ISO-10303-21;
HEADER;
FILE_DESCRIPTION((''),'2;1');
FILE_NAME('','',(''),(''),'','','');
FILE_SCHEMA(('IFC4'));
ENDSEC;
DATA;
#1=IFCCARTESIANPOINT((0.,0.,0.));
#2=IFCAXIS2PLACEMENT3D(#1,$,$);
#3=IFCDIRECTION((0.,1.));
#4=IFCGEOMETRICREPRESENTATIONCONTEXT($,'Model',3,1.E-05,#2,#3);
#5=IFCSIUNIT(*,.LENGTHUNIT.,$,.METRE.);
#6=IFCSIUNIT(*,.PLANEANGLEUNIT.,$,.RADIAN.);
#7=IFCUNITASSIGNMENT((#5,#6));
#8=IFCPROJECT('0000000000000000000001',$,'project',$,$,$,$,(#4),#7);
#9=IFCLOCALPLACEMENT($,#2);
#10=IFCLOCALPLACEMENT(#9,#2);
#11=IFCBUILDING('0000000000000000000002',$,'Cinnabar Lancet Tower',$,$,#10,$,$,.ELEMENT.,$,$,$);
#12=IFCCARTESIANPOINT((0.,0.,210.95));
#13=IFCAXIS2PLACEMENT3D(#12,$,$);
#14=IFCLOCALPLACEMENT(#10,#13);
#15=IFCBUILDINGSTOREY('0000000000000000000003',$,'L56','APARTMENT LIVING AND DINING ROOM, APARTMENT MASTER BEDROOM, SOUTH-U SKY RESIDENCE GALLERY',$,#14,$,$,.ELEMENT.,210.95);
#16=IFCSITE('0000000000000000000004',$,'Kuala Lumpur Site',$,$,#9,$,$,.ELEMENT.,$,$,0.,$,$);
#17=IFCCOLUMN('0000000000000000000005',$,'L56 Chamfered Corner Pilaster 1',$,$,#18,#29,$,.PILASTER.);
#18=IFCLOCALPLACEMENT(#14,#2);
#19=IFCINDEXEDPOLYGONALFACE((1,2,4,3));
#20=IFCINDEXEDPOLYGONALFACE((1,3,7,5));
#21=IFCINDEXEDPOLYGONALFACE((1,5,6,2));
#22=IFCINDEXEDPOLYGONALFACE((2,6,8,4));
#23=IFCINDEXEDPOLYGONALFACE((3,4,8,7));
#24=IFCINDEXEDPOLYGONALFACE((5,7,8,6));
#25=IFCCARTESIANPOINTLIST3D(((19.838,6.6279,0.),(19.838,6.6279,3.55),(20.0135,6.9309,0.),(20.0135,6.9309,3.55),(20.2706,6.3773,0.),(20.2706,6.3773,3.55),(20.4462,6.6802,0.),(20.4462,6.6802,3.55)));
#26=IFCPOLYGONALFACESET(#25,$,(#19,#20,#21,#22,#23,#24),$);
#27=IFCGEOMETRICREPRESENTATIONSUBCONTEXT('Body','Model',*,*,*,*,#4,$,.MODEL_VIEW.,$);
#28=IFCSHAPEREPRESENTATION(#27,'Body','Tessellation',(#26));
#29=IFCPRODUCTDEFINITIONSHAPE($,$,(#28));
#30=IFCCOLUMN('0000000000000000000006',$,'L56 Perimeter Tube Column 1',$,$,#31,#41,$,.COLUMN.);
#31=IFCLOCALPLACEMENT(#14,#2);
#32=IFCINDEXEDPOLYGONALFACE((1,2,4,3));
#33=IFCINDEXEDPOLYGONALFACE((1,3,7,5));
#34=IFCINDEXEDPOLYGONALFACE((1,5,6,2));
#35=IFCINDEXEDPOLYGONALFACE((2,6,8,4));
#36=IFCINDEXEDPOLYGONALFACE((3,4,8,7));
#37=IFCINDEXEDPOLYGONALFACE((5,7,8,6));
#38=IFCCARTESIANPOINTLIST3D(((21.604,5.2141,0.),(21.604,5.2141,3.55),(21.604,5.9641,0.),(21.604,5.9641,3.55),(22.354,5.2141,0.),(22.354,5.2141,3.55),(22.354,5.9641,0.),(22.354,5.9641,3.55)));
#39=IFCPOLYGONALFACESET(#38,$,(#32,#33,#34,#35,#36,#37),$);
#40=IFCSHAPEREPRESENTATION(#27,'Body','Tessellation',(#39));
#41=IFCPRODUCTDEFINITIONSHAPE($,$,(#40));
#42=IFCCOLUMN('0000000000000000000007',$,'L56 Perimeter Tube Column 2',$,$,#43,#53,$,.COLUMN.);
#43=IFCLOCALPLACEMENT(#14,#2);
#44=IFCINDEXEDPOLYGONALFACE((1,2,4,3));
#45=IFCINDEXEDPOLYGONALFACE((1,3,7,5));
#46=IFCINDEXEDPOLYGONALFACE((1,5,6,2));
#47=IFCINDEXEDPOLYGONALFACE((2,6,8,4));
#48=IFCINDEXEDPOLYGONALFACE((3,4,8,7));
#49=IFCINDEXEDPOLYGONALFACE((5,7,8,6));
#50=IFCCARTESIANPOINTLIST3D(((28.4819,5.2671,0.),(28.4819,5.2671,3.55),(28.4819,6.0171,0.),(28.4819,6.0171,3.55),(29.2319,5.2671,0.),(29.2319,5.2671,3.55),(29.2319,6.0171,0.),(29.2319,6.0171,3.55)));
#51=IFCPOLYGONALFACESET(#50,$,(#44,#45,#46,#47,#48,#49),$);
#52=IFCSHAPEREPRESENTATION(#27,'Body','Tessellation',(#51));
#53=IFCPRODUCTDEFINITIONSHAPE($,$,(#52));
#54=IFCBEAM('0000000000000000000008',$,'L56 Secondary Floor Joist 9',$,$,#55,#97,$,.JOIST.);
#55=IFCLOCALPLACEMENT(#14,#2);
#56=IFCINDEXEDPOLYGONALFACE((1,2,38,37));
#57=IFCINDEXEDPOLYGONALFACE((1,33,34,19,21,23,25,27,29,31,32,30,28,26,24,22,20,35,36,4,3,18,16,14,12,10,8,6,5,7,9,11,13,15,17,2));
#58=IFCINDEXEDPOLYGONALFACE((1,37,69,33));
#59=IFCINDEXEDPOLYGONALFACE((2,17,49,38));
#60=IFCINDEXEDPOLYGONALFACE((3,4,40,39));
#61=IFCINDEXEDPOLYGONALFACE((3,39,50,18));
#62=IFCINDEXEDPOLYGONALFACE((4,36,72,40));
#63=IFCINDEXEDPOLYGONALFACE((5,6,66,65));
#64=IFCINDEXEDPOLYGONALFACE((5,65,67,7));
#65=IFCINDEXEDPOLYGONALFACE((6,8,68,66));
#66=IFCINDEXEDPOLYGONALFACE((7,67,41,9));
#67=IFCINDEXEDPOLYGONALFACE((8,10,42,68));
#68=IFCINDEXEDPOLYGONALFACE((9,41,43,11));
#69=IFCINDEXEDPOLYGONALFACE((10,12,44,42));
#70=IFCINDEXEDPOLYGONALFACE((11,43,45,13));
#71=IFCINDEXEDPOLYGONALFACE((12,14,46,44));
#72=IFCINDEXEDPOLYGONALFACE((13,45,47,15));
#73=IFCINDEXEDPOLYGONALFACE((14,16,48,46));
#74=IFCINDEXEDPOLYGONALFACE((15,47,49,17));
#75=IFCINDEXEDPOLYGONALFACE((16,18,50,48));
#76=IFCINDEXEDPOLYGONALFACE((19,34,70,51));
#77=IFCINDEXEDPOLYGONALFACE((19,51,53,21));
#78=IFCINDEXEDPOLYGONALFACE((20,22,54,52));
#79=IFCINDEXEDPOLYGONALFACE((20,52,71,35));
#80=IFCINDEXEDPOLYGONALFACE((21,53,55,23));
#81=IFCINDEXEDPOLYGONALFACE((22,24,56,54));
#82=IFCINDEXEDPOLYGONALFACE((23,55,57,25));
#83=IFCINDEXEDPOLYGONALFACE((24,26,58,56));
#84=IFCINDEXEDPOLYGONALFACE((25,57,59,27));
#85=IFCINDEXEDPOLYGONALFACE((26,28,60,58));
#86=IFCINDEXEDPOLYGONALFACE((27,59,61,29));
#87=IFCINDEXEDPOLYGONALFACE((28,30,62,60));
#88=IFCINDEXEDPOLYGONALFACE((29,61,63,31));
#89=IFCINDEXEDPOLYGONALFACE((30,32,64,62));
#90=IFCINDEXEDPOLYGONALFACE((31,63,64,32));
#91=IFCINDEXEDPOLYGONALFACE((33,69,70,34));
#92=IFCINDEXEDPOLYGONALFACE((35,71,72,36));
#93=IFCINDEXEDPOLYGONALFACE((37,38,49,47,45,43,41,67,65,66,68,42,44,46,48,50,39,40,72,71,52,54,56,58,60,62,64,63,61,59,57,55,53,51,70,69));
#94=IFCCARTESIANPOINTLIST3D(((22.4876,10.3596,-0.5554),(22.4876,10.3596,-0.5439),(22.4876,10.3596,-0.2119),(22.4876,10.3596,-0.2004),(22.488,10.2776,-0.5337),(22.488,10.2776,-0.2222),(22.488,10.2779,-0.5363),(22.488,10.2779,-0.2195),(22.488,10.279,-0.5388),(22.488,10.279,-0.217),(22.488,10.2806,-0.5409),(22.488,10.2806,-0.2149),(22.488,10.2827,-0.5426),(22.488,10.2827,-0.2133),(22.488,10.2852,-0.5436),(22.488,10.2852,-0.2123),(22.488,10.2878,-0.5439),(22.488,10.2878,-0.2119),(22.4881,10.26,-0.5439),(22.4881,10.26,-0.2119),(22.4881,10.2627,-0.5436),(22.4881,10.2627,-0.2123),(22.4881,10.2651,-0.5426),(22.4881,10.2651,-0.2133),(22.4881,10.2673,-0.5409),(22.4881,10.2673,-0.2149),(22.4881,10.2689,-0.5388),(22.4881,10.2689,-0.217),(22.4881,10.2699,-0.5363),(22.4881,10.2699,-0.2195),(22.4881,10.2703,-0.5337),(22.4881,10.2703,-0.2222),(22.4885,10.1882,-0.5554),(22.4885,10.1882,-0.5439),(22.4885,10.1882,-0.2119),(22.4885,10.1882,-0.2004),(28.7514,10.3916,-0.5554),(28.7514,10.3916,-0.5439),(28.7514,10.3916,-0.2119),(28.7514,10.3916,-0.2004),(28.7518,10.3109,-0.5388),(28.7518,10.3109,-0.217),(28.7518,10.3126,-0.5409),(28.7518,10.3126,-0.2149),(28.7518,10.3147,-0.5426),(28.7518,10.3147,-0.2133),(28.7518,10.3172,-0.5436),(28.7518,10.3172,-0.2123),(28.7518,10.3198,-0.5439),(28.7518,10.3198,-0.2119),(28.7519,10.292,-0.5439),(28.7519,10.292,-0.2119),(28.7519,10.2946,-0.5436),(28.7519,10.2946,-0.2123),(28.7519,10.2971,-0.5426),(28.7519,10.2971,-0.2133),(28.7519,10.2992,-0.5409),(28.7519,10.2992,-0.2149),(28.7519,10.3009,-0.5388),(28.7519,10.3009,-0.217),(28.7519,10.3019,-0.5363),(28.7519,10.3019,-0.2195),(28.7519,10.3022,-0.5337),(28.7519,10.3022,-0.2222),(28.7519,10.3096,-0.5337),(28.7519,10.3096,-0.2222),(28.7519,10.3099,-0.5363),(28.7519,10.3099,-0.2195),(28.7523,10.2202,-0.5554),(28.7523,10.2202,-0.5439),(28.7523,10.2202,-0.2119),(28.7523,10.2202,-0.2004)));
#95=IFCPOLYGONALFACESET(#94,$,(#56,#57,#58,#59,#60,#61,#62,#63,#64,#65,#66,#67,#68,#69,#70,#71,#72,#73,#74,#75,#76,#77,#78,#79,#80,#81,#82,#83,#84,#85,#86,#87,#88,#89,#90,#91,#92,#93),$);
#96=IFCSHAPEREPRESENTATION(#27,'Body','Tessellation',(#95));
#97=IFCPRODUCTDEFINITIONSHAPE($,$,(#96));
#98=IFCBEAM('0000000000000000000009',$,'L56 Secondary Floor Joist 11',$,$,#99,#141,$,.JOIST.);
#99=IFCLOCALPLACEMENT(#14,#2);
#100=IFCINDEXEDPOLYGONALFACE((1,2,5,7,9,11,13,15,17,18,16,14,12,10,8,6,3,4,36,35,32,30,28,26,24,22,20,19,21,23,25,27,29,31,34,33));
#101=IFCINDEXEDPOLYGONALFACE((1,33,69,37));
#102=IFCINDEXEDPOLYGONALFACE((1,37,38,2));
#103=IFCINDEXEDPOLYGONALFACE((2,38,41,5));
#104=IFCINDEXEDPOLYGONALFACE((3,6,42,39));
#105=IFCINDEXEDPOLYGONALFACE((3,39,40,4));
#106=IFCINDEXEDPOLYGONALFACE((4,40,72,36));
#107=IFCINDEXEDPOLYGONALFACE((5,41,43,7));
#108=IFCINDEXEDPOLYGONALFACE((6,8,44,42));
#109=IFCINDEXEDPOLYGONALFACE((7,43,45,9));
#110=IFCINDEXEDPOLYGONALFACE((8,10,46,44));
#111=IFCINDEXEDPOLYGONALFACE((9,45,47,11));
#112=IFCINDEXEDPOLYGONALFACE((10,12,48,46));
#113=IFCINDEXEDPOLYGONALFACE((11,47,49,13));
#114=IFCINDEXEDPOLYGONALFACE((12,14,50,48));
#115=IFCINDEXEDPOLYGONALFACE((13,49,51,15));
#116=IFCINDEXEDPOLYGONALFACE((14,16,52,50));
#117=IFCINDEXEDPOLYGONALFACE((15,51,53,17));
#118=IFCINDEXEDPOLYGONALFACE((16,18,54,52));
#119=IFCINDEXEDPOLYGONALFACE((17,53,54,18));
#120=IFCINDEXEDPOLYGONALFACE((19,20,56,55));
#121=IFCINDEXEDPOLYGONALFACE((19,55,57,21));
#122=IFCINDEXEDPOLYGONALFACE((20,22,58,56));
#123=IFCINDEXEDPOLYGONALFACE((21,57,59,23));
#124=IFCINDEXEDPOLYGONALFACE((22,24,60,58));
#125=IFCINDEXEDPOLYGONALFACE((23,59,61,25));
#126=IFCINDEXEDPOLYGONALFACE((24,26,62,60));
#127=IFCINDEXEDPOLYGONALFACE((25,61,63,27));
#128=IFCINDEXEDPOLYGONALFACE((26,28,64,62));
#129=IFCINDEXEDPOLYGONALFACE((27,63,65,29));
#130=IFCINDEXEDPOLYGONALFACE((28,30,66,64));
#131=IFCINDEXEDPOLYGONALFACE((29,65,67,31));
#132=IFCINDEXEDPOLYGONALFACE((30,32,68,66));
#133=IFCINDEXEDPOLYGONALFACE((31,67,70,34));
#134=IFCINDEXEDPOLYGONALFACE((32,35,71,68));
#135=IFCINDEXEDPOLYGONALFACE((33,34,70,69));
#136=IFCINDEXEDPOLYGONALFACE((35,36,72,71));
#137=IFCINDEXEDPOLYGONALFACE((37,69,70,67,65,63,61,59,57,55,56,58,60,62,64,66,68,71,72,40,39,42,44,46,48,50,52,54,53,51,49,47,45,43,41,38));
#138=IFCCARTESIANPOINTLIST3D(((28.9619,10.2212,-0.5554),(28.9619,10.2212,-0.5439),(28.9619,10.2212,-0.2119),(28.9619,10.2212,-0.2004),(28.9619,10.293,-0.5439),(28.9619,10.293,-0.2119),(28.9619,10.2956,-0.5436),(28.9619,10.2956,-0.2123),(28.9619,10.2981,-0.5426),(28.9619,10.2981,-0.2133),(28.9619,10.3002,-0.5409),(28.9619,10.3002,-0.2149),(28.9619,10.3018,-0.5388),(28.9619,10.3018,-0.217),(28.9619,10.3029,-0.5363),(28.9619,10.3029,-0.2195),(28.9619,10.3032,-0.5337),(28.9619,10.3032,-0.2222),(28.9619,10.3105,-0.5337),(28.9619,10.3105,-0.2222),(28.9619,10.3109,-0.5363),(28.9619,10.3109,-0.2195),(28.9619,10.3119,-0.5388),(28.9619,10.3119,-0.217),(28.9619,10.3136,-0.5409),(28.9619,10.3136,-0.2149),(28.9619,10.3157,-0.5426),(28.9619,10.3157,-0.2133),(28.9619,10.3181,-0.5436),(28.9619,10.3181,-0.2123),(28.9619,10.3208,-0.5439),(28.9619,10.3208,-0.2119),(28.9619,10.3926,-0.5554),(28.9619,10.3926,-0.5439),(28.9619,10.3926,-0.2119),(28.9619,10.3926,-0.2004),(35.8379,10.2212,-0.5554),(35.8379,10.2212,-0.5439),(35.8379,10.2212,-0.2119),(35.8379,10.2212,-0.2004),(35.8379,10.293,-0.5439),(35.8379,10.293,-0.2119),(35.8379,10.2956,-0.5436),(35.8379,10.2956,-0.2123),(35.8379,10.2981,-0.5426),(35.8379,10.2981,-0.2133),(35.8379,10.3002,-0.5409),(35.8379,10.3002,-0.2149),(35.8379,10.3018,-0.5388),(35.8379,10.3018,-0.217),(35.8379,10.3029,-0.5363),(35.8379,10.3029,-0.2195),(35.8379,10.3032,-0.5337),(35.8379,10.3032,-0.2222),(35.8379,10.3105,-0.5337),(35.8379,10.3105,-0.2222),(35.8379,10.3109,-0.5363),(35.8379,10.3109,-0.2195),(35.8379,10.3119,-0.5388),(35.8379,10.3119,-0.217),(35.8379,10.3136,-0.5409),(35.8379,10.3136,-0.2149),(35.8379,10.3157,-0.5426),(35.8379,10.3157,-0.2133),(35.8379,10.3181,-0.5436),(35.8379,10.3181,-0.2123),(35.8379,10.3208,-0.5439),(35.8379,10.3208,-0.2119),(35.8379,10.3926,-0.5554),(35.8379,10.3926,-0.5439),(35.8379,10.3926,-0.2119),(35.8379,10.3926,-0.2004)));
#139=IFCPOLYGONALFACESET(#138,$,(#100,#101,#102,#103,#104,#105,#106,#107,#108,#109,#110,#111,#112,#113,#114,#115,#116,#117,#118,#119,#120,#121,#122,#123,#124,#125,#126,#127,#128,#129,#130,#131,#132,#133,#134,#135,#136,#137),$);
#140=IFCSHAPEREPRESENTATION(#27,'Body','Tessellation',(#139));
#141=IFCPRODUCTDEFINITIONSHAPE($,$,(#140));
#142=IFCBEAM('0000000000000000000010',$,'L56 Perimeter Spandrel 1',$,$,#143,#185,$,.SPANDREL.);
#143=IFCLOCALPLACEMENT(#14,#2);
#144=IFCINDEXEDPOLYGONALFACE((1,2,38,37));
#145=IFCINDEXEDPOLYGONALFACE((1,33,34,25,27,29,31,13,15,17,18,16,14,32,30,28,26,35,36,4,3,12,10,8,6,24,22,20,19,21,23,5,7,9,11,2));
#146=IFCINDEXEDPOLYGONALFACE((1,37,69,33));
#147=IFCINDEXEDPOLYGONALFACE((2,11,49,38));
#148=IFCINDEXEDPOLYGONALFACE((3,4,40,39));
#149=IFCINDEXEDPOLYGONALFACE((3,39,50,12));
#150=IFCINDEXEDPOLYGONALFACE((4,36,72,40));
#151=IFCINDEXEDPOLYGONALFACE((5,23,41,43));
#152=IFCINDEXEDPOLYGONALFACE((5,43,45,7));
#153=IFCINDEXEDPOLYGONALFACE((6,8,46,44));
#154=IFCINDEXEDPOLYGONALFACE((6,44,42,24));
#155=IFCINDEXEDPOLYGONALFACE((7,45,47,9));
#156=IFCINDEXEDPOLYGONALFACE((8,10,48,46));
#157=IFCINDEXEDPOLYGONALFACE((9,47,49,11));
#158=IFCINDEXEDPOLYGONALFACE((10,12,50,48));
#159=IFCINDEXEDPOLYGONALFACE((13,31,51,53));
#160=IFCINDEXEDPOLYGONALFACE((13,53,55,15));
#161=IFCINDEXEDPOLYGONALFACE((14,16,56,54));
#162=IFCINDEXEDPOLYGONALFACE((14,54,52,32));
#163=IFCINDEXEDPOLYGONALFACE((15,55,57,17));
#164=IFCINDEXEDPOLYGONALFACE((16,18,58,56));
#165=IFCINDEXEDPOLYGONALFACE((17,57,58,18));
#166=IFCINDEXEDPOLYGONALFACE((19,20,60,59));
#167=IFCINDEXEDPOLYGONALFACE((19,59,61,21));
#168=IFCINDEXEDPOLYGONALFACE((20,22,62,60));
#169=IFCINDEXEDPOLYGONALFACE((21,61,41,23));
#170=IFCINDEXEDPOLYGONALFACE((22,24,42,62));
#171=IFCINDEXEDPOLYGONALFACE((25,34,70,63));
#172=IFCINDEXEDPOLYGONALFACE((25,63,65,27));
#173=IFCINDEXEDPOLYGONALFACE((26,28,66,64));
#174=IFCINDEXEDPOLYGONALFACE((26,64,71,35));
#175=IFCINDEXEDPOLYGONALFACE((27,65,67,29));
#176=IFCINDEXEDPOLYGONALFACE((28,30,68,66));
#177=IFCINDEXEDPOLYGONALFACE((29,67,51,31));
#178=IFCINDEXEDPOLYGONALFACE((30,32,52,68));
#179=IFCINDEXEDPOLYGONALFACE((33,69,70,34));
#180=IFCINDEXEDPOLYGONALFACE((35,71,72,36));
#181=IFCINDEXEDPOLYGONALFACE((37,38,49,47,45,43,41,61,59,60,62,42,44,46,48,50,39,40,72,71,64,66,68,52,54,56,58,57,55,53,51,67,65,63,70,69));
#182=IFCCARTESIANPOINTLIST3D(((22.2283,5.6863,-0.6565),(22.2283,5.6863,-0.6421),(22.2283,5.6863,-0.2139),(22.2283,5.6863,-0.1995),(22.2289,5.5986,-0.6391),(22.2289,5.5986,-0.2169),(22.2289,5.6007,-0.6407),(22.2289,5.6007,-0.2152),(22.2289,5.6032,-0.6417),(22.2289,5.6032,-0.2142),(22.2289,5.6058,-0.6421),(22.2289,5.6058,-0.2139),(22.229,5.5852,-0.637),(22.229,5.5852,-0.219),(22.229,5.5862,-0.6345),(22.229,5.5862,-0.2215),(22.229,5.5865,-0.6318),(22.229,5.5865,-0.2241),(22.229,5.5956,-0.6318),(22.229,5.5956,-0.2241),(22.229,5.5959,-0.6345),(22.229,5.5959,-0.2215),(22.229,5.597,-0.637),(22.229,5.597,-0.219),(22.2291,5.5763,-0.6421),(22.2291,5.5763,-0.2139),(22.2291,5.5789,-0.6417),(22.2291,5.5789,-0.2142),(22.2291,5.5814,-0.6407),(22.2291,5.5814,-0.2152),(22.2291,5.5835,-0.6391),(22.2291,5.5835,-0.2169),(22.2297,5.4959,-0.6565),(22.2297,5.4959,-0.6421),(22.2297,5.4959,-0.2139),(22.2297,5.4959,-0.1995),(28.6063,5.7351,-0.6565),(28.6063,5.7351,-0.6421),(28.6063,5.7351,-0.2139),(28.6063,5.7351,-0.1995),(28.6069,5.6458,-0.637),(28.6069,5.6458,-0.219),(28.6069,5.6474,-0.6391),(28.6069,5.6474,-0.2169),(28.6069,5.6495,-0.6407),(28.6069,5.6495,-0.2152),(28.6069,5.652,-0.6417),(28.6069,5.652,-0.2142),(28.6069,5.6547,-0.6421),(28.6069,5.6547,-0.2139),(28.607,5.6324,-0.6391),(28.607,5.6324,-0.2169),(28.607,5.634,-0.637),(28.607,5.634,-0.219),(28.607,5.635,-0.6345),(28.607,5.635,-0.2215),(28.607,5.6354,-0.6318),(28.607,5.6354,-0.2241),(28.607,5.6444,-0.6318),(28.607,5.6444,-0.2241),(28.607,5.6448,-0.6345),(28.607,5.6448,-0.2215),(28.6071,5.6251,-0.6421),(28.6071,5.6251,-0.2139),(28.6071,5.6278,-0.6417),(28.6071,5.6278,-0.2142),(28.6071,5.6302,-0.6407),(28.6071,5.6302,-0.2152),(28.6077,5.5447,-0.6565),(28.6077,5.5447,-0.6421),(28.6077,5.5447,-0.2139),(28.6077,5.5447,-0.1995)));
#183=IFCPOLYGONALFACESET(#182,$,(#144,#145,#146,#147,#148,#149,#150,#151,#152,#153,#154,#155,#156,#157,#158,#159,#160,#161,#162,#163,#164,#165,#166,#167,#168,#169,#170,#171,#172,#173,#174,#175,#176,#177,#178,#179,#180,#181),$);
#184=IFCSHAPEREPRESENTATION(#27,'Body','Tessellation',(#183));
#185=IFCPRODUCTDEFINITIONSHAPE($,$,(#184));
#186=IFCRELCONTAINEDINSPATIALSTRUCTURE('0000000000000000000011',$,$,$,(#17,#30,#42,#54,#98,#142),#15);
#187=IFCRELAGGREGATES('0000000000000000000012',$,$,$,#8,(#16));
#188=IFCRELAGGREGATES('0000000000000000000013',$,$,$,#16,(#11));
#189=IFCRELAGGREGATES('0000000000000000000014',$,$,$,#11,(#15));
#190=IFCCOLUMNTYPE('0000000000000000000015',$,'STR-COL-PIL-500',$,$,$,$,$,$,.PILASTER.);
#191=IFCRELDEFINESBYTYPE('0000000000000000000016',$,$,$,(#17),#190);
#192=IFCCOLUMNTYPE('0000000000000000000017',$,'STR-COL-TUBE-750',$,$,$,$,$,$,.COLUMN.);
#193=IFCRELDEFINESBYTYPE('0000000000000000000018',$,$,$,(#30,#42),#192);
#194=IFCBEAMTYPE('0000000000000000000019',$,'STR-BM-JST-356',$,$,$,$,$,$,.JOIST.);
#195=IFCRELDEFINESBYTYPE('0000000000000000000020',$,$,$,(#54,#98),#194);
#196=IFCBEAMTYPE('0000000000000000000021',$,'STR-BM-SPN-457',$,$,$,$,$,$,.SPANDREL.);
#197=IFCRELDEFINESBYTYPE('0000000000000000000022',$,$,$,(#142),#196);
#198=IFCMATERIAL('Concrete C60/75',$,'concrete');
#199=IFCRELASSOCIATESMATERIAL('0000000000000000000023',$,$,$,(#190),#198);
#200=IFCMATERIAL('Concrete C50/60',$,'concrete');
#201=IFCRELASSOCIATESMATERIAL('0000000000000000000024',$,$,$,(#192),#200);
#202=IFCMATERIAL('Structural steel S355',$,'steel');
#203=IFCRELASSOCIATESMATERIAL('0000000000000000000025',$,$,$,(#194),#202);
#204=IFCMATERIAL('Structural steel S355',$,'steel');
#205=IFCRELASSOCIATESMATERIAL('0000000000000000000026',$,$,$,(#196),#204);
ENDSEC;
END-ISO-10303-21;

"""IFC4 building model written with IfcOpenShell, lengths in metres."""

from ifc_helpers import new_model, si_unit, direction, frame, origin, origin_2d, place, context, subcontext, project, spatial, rectangle, i_section, extrude, material, material_profile, profile_set, type_object, element, save


model = new_model("IFC4")

# Units and contexts
model_context = context("Model", 3, precision=1e-05, world=origin(), true_north=direction((0.0, 1.0)))
body_context = subcontext(model_context, "Body", "Model", "MODEL_VIEW")
ifc_project = project(units=[si_unit("LENGTHUNIT", "METRE"), si_unit("PLANEANGLEUNIT", "RADIAN")], contexts=[model_context])

# Site, building, storey
site_placement = place(None, origin())
site = spatial("IfcSite", under=ifc_project, at=site_placement, Name="Kuala Lumpur Site", CompositionType="ELEMENT", RefElevation=0.0)
building_placement = place(site_placement, origin())
building = spatial("IfcBuilding", under=site, at=building_placement, Name="Cinnabar Lancet Tower", CompositionType="ELEMENT")
storey_placement = place(building_placement, frame((0.0, 0.0, 210.95)))
storey = spatial("IfcBuildingStorey", under=building, at=storey_placement, Name="L56", Description="APARTMENT LIVING AND DINING ROOM, APARTMENT MASTER BEDROOM, SOUTH-U SKY RESIDENCE GALLERY", CompositionType="ELEMENT", Elevation=210.95)

# Columns
ifc_material_1 = material(Name="Concrete C60/75", Category="concrete")
ifc_material_profile_1 = material_profile(ifc_material_1, rectangle(XDim=0.5, YDim=0.3501, at=origin_2d()), Name="RC-PIL 500x350")
ifc_profile_set_1 = profile_set([ifc_material_profile_1], Name="Concrete C60/75")
column_type_1 = type_object("IfcColumnType", Name="STR-COL-PIL-500", PredefinedType="PILASTER", material=ifc_profile_set_1)
column_placement = place(storey_placement, frame((20.1421, 6.6541, 0.0), z_axis=(0.0, 0.0, 1.0), x_axis=(0.86523, -0.501375, 0.0)))
element("IfcColumn", 1, at=column_placement, inside=storey, type_object=column_type_1, Name="L56 Chamfered Corner Pilaster 1", PredefinedType="PILASTER", context=body_context, shape_type="SweptSolid", body=[
    extrude(rectangle(XDim=0.5, YDim=0.3501, at=origin_2d()), origin(), (0.0, 0.0, 1.0), 3.55),
])
ifc_material_2 = material(Name="Concrete C50/60", Category="concrete")
ifc_material_profile_2 = material_profile(ifc_material_2, rectangle(XDim=0.75, YDim=0.75, at=origin_2d()), Name="RC-COL 750x750")
ifc_profile_set_2 = profile_set([ifc_material_profile_2], Name="Concrete C50/60")
column_type_2 = type_object("IfcColumnType", Name="STR-COL-TUBE-750", PredefinedType="COLUMN", material=ifc_profile_set_2)
for number, where, z_axis, x_axis, name in (
    (2, (21.979, 5.5891, 0.0), (0.0, 0.0, 1.0), (1.0, 0.0, 0.0), "L56 Perimeter Tube Column 1"),
    (3, (28.8569, 5.6421, 0.0), (0.0, 0.0, 1.0), (1.0, 0.0, 0.0), "L56 Perimeter Tube Column 2"),
):
    element("IfcColumn", number, at=place(storey_placement, frame(where, z_axis=z_axis, x_axis=x_axis)), inside=storey, type_object=column_type_2, Name=name, PredefinedType="COLUMN", context=body_context, shape_type="SweptSolid", body=[
        extrude(rectangle(XDim=0.75, YDim=0.75, at=origin_2d()), origin(), (0.0, 0.0, 1.0), 3.55),
    ])

# Beams
ifc_material_3 = material(Name="Structural steel S355", Category="steel")
ifc_material_profile_3 = material_profile(ifc_material_3, i_section(OverallWidth=0.1714, OverallDepth=0.355, WebThickness=0.0073, FlangeThickness=0.0115, FilletRadius=0.0103, at=origin_2d()), Name="UKB 356x171x51")
ifc_profile_set_3 = profile_set([ifc_material_profile_3], Name="Structural steel S355")
beam_type_1 = type_object("IfcBeamType", Name="STR-BM-JST-356", PredefinedType="JOIST", material=ifc_profile_set_3)
beam_1_placement = place(storey_placement, frame((22.488, 10.2739, -0.3779), z_axis=(0.999987, 0.005106, 0.0), x_axis=(-0.005106, 0.999987, 0.0)))
element("IfcBeam", 4, at=beam_1_placement, inside=storey, type_object=beam_type_1, Name="L56 Secondary Floor Joist 9", PredefinedType="JOIST", context=body_context, shape_type="SweptSolid", body=[
    extrude(i_section(OverallWidth=0.1714, OverallDepth=0.355, WebThickness=0.0073, FlangeThickness=0.0115, FilletRadius=0.0103, at=origin_2d()), origin(), (0.0, 0.0, 1.0), 6.2639),
])
beam_2_placement = place(storey_placement, frame((28.9619, 10.3069, -0.3779), z_axis=(1.0, 0.0, 0.0), x_axis=(0.0, 1.0, 0.0)))
element("IfcBeam", 5, at=beam_2_placement, inside=storey, type_object=beam_type_1, Name="L56 Secondary Floor Joist 11", PredefinedType="JOIST", context=body_context, shape_type="SweptSolid", body=[
    extrude(i_section(OverallWidth=0.1714, OverallDepth=0.355, WebThickness=0.0073, FlangeThickness=0.0115, FilletRadius=0.0103, at=origin_2d()), origin(), (0.0, 0.0, 1.0), 6.876),
])
ifc_material_4 = material(Name="Structural steel S355", Category="steel")
ifc_material_profile_4 = material_profile(ifc_material_4, i_section(OverallWidth=0.1904, OverallDepth=0.457, WebThickness=0.009, FlangeThickness=0.0144, FilletRadius=0.0103, at=origin_2d()), Name="UKB 457x191x74")
ifc_profile_set_4 = profile_set([ifc_material_profile_4], Name="Structural steel S355")
beam_type_2 = type_object("IfcBeamType", Name="STR-BM-SPN-457", PredefinedType="SPANDREL", material=ifc_profile_set_4)
beam_3_placement = place(storey_placement, frame((22.229, 5.5911, -0.428), z_axis=(0.999971, 0.007656, 0.0), x_axis=(-0.007656, 0.999971, 0.0)))
element("IfcBeam", 6, at=beam_3_placement, inside=storey, type_object=beam_type_2, Name="L56 Perimeter Spandrel 1", PredefinedType="SPANDREL", context=body_context, shape_type="SweptSolid", body=[
    extrude(i_section(OverallWidth=0.1904, OverallDepth=0.457, WebThickness=0.009, FlangeThickness=0.0144, FilletRadius=0.0103, at=origin_2d()), origin(), (0.0, 0.0, 1.0), 6.3782),
])

save(model, "model.ifc")
